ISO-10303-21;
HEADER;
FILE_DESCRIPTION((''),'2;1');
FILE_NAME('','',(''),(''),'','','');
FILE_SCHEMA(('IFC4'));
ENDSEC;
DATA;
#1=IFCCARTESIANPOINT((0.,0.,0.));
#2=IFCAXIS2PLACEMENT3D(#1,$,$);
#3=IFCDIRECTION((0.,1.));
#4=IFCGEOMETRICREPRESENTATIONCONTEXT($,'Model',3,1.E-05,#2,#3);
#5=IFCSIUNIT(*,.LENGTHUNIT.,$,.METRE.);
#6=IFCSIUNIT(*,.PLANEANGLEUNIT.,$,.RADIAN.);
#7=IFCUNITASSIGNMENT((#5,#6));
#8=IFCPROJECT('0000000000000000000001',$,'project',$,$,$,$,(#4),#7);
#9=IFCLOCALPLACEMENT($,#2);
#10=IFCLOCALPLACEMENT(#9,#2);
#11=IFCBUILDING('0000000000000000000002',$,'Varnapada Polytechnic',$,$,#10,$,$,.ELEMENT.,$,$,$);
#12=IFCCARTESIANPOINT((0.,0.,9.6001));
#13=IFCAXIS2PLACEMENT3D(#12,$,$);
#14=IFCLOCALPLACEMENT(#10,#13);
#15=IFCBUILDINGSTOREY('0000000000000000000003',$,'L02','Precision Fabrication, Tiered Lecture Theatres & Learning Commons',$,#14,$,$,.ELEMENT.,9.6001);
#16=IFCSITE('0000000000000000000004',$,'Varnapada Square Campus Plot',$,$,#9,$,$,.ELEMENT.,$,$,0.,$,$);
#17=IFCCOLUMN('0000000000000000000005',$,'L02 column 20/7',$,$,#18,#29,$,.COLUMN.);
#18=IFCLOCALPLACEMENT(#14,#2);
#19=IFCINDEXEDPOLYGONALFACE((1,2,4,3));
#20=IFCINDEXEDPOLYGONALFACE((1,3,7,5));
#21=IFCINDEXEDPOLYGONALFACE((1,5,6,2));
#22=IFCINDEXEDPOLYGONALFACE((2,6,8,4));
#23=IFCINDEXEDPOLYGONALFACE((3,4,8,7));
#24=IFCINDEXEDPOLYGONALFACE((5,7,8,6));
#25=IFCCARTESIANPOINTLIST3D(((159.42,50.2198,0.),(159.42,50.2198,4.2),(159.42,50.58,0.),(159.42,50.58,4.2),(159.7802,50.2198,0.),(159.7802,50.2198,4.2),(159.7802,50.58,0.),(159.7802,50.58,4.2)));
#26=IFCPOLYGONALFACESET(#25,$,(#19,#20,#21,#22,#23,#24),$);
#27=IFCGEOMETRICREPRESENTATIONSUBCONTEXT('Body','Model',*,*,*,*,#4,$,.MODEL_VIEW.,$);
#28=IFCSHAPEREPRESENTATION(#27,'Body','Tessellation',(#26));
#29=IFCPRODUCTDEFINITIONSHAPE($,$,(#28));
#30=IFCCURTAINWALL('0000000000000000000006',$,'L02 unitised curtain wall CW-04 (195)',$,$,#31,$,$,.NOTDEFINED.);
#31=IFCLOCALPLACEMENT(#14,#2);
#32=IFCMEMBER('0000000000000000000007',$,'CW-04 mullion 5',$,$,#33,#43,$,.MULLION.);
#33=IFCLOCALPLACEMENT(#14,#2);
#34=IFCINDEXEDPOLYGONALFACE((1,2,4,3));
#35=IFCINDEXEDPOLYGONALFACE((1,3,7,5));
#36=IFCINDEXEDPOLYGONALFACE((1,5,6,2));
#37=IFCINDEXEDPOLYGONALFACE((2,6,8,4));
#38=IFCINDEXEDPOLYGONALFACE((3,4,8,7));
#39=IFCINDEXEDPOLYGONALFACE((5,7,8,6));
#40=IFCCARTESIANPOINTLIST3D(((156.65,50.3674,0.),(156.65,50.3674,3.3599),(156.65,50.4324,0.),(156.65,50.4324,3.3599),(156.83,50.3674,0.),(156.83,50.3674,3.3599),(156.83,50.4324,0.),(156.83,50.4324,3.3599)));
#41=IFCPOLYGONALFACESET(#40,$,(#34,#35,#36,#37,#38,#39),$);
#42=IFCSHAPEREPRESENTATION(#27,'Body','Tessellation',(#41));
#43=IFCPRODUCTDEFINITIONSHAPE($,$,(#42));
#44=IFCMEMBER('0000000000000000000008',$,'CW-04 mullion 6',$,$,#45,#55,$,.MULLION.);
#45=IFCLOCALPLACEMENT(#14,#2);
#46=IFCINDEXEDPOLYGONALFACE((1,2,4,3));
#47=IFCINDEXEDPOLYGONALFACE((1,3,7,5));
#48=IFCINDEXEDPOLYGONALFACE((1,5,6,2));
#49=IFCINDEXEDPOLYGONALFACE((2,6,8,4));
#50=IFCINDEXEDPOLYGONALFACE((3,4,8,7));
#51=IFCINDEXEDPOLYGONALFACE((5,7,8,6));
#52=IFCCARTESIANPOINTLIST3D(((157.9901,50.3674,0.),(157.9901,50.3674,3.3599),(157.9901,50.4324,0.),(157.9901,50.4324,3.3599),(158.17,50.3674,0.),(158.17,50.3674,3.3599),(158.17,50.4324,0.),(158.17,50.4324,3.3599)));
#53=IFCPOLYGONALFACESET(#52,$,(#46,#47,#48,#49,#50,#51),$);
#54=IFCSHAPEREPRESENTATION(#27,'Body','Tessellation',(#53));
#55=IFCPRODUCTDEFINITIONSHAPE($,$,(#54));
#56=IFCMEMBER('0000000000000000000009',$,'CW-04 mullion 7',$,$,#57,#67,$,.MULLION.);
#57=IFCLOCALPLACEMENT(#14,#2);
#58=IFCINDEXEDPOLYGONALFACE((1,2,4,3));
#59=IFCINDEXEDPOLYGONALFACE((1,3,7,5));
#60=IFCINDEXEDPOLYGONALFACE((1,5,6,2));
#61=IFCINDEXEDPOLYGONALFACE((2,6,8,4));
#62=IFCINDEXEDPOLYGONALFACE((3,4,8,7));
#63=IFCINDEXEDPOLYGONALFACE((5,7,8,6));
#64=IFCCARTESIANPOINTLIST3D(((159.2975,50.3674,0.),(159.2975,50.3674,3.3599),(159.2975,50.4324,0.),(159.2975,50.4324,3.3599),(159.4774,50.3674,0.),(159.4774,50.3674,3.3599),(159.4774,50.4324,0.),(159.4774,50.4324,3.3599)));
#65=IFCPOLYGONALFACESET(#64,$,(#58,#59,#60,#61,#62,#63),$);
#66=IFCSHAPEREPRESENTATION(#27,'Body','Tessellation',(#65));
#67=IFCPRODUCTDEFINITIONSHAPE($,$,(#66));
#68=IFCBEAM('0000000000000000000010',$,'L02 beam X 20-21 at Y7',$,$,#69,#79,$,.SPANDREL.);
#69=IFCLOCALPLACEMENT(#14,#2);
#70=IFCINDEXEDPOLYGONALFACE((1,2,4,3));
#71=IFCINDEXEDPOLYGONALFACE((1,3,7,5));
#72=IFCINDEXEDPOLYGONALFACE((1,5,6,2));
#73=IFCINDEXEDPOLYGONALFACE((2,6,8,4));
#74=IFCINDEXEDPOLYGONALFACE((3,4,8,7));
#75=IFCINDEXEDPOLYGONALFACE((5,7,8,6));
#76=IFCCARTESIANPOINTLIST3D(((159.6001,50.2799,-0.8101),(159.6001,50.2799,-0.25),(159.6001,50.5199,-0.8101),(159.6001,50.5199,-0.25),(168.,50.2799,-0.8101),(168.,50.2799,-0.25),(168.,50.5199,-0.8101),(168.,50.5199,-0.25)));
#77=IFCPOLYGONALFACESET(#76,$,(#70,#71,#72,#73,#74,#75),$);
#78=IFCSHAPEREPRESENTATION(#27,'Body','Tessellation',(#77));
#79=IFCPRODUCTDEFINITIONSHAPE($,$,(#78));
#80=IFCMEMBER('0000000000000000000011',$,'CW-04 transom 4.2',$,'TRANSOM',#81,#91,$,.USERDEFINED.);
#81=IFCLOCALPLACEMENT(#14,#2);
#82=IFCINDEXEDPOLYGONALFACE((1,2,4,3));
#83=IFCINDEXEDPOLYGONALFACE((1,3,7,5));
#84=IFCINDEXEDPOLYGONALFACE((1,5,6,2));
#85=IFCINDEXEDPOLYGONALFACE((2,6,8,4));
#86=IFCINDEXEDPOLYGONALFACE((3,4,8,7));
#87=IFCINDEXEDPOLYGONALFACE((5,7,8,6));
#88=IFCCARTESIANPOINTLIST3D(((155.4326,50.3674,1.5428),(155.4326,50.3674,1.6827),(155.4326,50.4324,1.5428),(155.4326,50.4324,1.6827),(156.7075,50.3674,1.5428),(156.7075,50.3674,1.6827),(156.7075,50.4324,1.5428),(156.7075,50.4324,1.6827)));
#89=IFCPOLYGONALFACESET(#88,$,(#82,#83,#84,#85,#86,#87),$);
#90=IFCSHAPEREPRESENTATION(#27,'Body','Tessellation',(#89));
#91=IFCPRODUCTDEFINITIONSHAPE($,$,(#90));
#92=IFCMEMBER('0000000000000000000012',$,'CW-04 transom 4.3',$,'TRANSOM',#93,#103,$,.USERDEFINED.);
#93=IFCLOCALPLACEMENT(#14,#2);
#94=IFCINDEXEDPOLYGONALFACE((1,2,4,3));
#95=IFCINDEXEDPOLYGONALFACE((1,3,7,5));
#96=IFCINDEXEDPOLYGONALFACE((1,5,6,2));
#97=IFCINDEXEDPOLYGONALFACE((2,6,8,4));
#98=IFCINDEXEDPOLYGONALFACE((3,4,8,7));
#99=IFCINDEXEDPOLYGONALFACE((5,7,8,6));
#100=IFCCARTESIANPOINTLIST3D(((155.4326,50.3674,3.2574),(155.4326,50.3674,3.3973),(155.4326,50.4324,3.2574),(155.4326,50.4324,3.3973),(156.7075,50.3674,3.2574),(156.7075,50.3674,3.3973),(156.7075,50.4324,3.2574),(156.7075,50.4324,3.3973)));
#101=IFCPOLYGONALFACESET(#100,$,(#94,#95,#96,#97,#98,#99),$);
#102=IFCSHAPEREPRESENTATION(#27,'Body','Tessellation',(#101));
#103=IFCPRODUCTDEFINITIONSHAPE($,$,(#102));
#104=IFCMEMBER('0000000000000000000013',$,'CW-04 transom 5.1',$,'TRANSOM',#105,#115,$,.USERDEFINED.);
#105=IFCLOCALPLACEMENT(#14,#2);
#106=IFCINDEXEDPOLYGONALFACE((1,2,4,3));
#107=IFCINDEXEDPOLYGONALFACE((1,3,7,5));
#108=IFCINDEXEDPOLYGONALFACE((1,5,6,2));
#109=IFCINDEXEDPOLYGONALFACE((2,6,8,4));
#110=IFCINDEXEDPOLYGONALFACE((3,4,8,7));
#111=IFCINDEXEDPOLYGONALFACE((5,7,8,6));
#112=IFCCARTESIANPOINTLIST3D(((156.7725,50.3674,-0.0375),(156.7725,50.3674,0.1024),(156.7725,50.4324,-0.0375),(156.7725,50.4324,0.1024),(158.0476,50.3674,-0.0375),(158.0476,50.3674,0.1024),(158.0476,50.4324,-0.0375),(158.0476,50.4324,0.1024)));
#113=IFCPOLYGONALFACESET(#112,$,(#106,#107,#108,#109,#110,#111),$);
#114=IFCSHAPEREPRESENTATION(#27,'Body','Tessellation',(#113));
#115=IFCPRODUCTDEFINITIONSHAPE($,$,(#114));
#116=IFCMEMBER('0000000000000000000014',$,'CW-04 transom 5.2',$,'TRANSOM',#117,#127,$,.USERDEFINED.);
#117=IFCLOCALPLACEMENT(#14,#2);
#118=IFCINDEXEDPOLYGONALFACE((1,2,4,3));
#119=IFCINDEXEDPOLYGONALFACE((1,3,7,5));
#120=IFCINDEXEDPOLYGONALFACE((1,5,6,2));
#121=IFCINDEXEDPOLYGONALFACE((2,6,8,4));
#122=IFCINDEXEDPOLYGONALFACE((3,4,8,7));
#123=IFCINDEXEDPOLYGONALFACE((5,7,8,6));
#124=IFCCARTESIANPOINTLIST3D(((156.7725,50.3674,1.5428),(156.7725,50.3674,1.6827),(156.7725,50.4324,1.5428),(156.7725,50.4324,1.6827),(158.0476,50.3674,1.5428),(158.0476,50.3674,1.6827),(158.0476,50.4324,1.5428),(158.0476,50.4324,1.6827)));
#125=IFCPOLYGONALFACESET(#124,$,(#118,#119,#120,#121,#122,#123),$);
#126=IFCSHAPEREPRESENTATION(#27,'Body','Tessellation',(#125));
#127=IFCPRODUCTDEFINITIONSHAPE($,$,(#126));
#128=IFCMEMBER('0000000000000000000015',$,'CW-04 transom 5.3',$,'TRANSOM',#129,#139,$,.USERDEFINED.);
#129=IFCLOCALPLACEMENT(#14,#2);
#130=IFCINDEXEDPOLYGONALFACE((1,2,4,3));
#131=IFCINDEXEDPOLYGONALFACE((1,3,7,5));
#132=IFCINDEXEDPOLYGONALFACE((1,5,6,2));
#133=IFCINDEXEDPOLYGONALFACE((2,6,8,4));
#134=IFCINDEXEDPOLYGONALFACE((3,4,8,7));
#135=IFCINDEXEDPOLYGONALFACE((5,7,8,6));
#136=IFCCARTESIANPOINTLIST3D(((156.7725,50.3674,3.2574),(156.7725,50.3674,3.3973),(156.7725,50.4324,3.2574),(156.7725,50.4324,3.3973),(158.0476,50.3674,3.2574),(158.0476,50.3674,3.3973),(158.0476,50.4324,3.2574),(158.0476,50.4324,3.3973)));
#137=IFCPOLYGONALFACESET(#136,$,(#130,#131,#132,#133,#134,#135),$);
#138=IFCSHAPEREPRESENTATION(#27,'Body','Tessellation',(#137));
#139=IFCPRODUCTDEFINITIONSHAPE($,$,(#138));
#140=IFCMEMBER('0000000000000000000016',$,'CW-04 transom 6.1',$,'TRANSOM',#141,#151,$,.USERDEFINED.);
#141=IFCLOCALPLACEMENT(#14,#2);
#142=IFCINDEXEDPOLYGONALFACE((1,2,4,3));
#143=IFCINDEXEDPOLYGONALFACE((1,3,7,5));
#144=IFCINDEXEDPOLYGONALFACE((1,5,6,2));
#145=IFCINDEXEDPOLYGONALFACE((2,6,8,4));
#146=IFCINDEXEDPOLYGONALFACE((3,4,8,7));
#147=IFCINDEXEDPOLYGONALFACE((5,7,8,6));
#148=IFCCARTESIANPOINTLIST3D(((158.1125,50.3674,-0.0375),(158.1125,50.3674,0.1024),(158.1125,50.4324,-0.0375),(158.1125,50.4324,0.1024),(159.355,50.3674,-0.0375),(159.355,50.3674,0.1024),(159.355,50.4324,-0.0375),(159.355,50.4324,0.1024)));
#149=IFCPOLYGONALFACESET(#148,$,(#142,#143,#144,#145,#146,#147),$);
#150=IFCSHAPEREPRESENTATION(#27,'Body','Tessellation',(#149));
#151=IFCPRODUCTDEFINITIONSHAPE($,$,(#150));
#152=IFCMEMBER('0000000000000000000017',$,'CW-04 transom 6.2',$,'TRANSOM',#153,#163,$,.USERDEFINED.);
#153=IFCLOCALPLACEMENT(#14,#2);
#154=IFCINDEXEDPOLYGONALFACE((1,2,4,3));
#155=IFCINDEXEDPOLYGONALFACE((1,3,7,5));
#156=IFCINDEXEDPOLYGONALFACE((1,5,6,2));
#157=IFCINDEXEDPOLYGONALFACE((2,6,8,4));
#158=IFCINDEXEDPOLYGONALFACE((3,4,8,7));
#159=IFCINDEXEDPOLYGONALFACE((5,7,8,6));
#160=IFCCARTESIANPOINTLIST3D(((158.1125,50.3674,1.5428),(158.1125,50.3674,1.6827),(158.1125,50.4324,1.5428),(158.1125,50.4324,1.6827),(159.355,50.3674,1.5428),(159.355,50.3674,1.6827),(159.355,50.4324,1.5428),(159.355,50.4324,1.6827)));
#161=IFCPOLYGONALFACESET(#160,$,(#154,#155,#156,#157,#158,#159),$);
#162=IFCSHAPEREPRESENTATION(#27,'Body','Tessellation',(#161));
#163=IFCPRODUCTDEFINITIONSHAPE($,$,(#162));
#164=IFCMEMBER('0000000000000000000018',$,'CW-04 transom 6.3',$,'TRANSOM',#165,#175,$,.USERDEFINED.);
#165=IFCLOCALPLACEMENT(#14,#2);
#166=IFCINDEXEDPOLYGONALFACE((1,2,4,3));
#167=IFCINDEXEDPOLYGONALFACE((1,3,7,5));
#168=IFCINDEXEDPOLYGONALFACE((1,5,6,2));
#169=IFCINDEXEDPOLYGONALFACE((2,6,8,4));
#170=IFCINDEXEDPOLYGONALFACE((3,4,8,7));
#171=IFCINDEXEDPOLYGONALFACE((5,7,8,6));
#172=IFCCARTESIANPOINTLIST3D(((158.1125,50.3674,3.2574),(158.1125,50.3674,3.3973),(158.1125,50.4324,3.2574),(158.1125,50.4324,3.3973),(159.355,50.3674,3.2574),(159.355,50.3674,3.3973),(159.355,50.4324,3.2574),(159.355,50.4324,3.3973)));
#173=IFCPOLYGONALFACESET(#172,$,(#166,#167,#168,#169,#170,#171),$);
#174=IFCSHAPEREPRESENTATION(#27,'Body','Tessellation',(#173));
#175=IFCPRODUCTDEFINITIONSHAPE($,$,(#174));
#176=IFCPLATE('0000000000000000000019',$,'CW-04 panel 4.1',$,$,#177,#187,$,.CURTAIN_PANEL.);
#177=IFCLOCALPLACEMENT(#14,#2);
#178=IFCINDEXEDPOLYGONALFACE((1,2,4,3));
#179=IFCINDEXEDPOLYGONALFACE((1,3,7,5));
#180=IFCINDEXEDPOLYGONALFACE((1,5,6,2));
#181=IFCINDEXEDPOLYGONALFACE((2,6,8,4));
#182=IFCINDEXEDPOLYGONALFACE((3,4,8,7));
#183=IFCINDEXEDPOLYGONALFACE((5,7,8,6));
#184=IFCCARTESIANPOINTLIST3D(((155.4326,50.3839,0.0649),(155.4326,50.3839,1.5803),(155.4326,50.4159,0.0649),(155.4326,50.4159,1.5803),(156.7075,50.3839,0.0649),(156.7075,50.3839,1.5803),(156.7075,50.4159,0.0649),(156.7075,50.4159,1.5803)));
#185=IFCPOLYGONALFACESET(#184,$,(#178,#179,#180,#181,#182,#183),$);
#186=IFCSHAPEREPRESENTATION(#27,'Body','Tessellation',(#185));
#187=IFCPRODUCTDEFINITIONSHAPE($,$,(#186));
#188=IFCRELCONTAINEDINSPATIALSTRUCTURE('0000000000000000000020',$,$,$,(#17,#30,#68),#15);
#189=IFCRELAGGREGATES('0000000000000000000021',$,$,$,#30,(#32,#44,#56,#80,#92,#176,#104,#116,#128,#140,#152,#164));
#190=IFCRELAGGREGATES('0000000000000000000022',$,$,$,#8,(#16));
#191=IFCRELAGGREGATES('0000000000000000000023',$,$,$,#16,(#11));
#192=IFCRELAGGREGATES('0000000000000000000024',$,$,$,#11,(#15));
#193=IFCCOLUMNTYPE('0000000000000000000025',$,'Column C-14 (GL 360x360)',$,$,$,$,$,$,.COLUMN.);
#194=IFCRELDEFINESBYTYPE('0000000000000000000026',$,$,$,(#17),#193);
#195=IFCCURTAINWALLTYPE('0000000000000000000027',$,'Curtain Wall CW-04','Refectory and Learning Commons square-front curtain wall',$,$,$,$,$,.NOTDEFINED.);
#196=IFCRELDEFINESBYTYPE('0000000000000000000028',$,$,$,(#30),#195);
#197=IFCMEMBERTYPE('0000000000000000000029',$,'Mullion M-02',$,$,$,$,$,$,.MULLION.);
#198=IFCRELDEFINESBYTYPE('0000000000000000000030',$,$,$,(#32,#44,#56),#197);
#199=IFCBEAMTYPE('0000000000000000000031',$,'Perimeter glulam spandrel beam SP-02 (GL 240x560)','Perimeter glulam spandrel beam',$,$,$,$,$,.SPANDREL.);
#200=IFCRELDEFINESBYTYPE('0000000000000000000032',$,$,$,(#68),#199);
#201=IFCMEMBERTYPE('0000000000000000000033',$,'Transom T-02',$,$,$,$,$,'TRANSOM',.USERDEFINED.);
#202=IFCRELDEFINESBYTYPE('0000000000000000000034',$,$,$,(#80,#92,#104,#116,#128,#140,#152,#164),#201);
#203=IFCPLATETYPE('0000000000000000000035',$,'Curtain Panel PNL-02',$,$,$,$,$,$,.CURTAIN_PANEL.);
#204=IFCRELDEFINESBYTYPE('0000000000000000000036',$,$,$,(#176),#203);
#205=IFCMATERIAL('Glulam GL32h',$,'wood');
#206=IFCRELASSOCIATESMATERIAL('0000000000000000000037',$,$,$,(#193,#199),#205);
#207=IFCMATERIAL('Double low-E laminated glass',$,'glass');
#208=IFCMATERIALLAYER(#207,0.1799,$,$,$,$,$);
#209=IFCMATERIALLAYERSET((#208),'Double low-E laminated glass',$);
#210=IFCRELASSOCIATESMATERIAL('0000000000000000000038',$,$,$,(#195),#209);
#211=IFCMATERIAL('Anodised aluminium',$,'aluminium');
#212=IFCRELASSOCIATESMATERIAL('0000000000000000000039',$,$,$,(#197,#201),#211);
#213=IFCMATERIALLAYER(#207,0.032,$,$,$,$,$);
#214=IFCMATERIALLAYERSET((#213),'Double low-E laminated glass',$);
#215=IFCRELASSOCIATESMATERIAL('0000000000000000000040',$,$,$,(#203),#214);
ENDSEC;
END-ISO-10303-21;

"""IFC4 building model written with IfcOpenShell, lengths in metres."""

from ifc_helpers import new_model, si_unit, direction, frame, origin, origin_2d, place, context, subcontext, project, spatial, rectangle, extrude, material, layer, layer_set, material_profile, profile_set, type_object, element, aggregate, save


model = new_model("IFC4")

# Units and contexts
model_context = context("Model", 3, precision=1e-05, world=origin(), true_north=direction((0.0, 1.0)))
body_context = subcontext(model_context, "Body", "Model", "MODEL_VIEW")
ifc_project = project(units=[si_unit("LENGTHUNIT", "METRE"), si_unit("PLANEANGLEUNIT", "RADIAN")], contexts=[model_context])

# Site, building, storey
site_placement = place(None, origin())
site = spatial("IfcSite", under=ifc_project, at=site_placement, Name="Varnapada Square Campus Plot", CompositionType="ELEMENT", RefElevation=0.0)
building_placement = place(site_placement, origin())
building = spatial("IfcBuilding", under=site, at=building_placement, Name="Varnapada Polytechnic", CompositionType="ELEMENT")
storey_placement = place(building_placement, frame((0.0, 0.0, 9.6001)))
storey = spatial("IfcBuildingStorey", under=building, at=storey_placement, Name="L02", Description="Precision Fabrication, Tiered Lecture Theatres & Learning Commons", CompositionType="ELEMENT", Elevation=9.6001)

# Column
ifc_material_1 = material(Name="Glulam GL32h", Category="wood")
ifc_material_profile_1 = material_profile(ifc_material_1, rectangle(XDim=0.3601, YDim=0.3601, at=origin_2d()), Name="GL 360x360")
ifc_profile_set_1 = profile_set([ifc_material_profile_1], Name="Glulam GL32h")
column_type = type_object("IfcColumnType", Name="Column C-14 (GL 360x360)", PredefinedType="COLUMN", material=ifc_profile_set_1)
column_placement = place(storey_placement, frame((159.6001, 50.3999, 0.0), z_axis=(0.0, 0.0, 1.0), x_axis=(1.0, 0.0, 0.0)))
element("IfcColumn", 1, at=column_placement, inside=storey, type_object=column_type, Name="L02 column 20/7", PredefinedType="COLUMN", context=body_context, shape_type="SweptSolid", body=[
    extrude(rectangle(XDim=0.3601, YDim=0.3601, at=origin_2d()), origin(), (0.0, 0.0, 1.0), 4.2),
])

# Curtain wall, members
ifc_material_2 = material(Name="Double low-E laminated glass", Category="glass")
ifc_layer_1 = layer(ifc_material_2, 0.1799)
ifc_layer_set_1 = layer_set([ifc_layer_1], Name="Double low-E laminated glass")
curtain_wall_type = type_object("IfcCurtainWallType", Name="Curtain Wall CW-04", Description="Refectory and Learning Commons square-front curtain wall", PredefinedType="NOTDEFINED", material=ifc_layer_set_1)
curtain_wall_placement = place(storey_placement, origin())
curtain_wall = element("IfcCurtainWall", 2, at=curtain_wall_placement, inside=storey, type_object=curtain_wall_type, Name="L02 unitised curtain wall CW-04 (195)", PredefinedType="NOTDEFINED")
ifc_material_3 = material(Name="Anodised aluminium", Category="aluminium")
ifc_material_profile_2 = material_profile(ifc_material_3, rectangle(XDim=0.0649, YDim=0.1799, at=origin_2d()), Name="ALU M65x180")
ifc_profile_set_2 = profile_set([ifc_material_profile_2], Name="Anodised aluminium")
member_type_1 = type_object("IfcMemberType", Name="Mullion M-02", PredefinedType="MULLION", material=ifc_profile_set_2)
member_1_placement = place(storey_placement, frame((156.74, 50.3999, 0.0), z_axis=(0.0, 0.0, 1.0), x_axis=(0.0, 1.0, 0.0)))
member_1 = element("IfcMember", 3, at=member_1_placement, type_object=member_type_1, Name="CW-04 mullion 5", PredefinedType="MULLION", context=body_context, shape_type="SweptSolid", body=[
    extrude(rectangle(XDim=0.0649, YDim=0.1799, at=origin_2d()), origin(), (0.0, 0.0, 1.0), 3.3599),
])
member_2_placement = place(storey_placement, frame((158.0801, 50.3999, 0.0), z_axis=(0.0, 0.0, 1.0), x_axis=(0.0, 1.0, 0.0)))
member_2 = element("IfcMember", 4, at=member_2_placement, type_object=member_type_1, Name="CW-04 mullion 6", PredefinedType="MULLION", context=body_context, shape_type="SweptSolid", body=[
    extrude(rectangle(XDim=0.0649, YDim=0.1799, at=origin_2d()), origin(), (0.0, 0.0, 1.0), 3.3599),
])
member_3_placement = place(storey_placement, frame((159.3875, 50.3999, 0.0), z_axis=(0.0, 0.0, 1.0), x_axis=(0.0, 1.0, 0.0)))
member_3 = element("IfcMember", 5, at=member_3_placement, type_object=member_type_1, Name="CW-04 mullion 7", PredefinedType="MULLION", context=body_context, shape_type="SweptSolid", body=[
    extrude(rectangle(XDim=0.0649, YDim=0.1799, at=origin_2d()), origin(), (0.0, 0.0, 1.0), 3.3599),
])

# Beam
ifc_material_profile_3 = material_profile(ifc_material_1, rectangle(XDim=0.24, YDim=0.5601, at=origin_2d()), Name="GL 240x560")
ifc_profile_set_3 = profile_set([ifc_material_profile_3], Name="Glulam GL32h")
beam_type = type_object("IfcBeamType", Name="Perimeter glulam spandrel beam SP-02 (GL 240x560)", Description="Perimeter glulam spandrel beam", PredefinedType="SPANDREL", material=ifc_profile_set_3)
beam_placement = place(storey_placement, frame((159.6001, 50.3999, -0.53), z_axis=(1.0, 0.0, 0.0), x_axis=(0.0, 1.0, 0.0)))
element("IfcBeam", 6, at=beam_placement, inside=storey, type_object=beam_type, Name="L02 beam X 20-21 at Y7", PredefinedType="SPANDREL", context=body_context, shape_type="SweptSolid", body=[
    extrude(rectangle(XDim=0.24, YDim=0.5601, at=origin_2d()), origin(), (0.0, 0.0, 1.0), 8.3999),
])

# Members
ifc_material_profile_4 = material_profile(ifc_material_3, rectangle(XDim=0.0649, YDim=0.1399, at=origin_2d()), Name="ALU T65x140")
ifc_profile_set_4 = profile_set([ifc_material_profile_4], Name="Anodised aluminium")
member_type_2 = type_object("IfcMemberType", Name="Transom T-02", ElementType="TRANSOM", PredefinedType="USERDEFINED", material=ifc_profile_set_4)
member_4_placement = place(storey_placement, frame((155.4326, 50.3999, 1.6128), z_axis=(1.0, 0.0, 0.0), x_axis=(0.0, 1.0, 0.0)))
member_4 = element("IfcMember", 7, at=member_4_placement, type_object=member_type_2, Name="CW-04 transom 4.2", ObjectType="TRANSOM", PredefinedType="USERDEFINED", context=body_context, shape_type="SweptSolid", body=[
    extrude(rectangle(XDim=0.0649, YDim=0.1399, at=origin_2d()), origin(), (0.0, 0.0, 1.0), 1.2749),
])
member_5_placement = place(storey_placement, frame((155.4326, 50.3999, 3.3274), z_axis=(1.0, 0.0, 0.0), x_axis=(0.0, 1.0, 0.0)))
member_5 = element("IfcMember", 8, at=member_5_placement, type_object=member_type_2, Name="CW-04 transom 4.3", ObjectType="TRANSOM", PredefinedType="USERDEFINED", context=body_context, shape_type="SweptSolid", body=[
    extrude(rectangle(XDim=0.0649, YDim=0.1399, at=origin_2d()), origin(), (0.0, 0.0, 1.0), 1.2749),
])
member_6_placement = place(storey_placement, frame((156.7725, 50.3999, 0.0325), z_axis=(1.0, 0.0, 0.0), x_axis=(0.0, 1.0, 0.0)))
member_6 = element("IfcMember", 9, at=member_6_placement, type_object=member_type_2, Name="CW-04 transom 5.1", ObjectType="TRANSOM", PredefinedType="USERDEFINED", context=body_context, shape_type="SweptSolid", body=[
    extrude(rectangle(XDim=0.0649, YDim=0.1399, at=origin_2d()), origin(), (0.0, 0.0, 1.0), 1.2751),
])
member_7_placement = place(storey_placement, frame((156.7725, 50.3999, 1.6128), z_axis=(1.0, 0.0, 0.0), x_axis=(0.0, 1.0, 0.0)))
member_7 = element("IfcMember", 10, at=member_7_placement, type_object=member_type_2, Name="CW-04 transom 5.2", ObjectType="TRANSOM", PredefinedType="USERDEFINED", context=body_context, shape_type="SweptSolid", body=[
    extrude(rectangle(XDim=0.0649, YDim=0.1399, at=origin_2d()), origin(), (0.0, 0.0, 1.0), 1.2751),
])
member_8_placement = place(storey_placement, frame((156.7725, 50.3999, 3.3274), z_axis=(1.0, 0.0, 0.0), x_axis=(0.0, 1.0, 0.0)))
member_8 = element("IfcMember", 11, at=member_8_placement, type_object=member_type_2, Name="CW-04 transom 5.3", ObjectType="TRANSOM", PredefinedType="USERDEFINED", context=body_context, shape_type="SweptSolid", body=[
    extrude(rectangle(XDim=0.0649, YDim=0.1399, at=origin_2d()), origin(), (0.0, 0.0, 1.0), 1.2751),
])
member_9_placement = place(storey_placement, frame((158.1125, 50.3999, 0.0325), z_axis=(1.0, 0.0, 0.0), x_axis=(0.0, 1.0, 0.0)))
member_9 = element("IfcMember", 12, at=member_9_placement, type_object=member_type_2, Name="CW-04 transom 6.1", ObjectType="TRANSOM", PredefinedType="USERDEFINED", context=body_context, shape_type="SweptSolid", body=[
    extrude(rectangle(XDim=0.0649, YDim=0.1399, at=origin_2d()), origin(), (0.0, 0.0, 1.0), 1.2424),
])
member_10_placement = place(storey_placement, frame((158.1125, 50.3999, 1.6128), z_axis=(1.0, 0.0, 0.0), x_axis=(0.0, 1.0, 0.0)))
member_10 = element("IfcMember", 13, at=member_10_placement, type_object=member_type_2, Name="CW-04 transom 6.2", ObjectType="TRANSOM", PredefinedType="USERDEFINED", context=body_context, shape_type="SweptSolid", body=[
    extrude(rectangle(XDim=0.0649, YDim=0.1399, at=origin_2d()), origin(), (0.0, 0.0, 1.0), 1.2424),
])
member_11_placement = place(storey_placement, frame((158.1125, 50.3999, 3.3274), z_axis=(1.0, 0.0, 0.0), x_axis=(0.0, 1.0, 0.0)))
member_11 = element("IfcMember", 14, at=member_11_placement, type_object=member_type_2, Name="CW-04 transom 6.3", ObjectType="TRANSOM", PredefinedType="USERDEFINED", context=body_context, shape_type="SweptSolid", body=[
    extrude(rectangle(XDim=0.0649, YDim=0.1399, at=origin_2d()), origin(), (0.0, 0.0, 1.0), 1.2424),
])

# Plate
ifc_layer_2 = layer(ifc_material_2, 0.032)
ifc_layer_set_2 = layer_set([ifc_layer_2], Name="Double low-E laminated glass")
plate_type = type_object("IfcPlateType", Name="Curtain Panel PNL-02", PredefinedType="CURTAIN_PANEL", material=ifc_layer_set_2)
plate_1_placement = place(storey_placement, frame((156.0701, 50.3999, 0.0649), z_axis=(0.0, 0.0, 1.0), x_axis=(1.0, 0.0, 0.0)))
plate_1 = element("IfcPlate", 15, at=plate_1_placement, type_object=plate_type, Name="CW-04 panel 4.1", PredefinedType="CURTAIN_PANEL", context=body_context, shape_type="SweptSolid", body=[
    extrude(rectangle(XDim=1.2749, YDim=0.032, at=origin_2d()), origin(), (0.0, 0.0, 1.0), 1.5154),
])
aggregate(curtain_wall, [member_1, member_2, member_3, member_4, member_5, plate_1, member_6, member_7, member_8, member_9, member_10, member_11])

save(model, "model.ifc")
